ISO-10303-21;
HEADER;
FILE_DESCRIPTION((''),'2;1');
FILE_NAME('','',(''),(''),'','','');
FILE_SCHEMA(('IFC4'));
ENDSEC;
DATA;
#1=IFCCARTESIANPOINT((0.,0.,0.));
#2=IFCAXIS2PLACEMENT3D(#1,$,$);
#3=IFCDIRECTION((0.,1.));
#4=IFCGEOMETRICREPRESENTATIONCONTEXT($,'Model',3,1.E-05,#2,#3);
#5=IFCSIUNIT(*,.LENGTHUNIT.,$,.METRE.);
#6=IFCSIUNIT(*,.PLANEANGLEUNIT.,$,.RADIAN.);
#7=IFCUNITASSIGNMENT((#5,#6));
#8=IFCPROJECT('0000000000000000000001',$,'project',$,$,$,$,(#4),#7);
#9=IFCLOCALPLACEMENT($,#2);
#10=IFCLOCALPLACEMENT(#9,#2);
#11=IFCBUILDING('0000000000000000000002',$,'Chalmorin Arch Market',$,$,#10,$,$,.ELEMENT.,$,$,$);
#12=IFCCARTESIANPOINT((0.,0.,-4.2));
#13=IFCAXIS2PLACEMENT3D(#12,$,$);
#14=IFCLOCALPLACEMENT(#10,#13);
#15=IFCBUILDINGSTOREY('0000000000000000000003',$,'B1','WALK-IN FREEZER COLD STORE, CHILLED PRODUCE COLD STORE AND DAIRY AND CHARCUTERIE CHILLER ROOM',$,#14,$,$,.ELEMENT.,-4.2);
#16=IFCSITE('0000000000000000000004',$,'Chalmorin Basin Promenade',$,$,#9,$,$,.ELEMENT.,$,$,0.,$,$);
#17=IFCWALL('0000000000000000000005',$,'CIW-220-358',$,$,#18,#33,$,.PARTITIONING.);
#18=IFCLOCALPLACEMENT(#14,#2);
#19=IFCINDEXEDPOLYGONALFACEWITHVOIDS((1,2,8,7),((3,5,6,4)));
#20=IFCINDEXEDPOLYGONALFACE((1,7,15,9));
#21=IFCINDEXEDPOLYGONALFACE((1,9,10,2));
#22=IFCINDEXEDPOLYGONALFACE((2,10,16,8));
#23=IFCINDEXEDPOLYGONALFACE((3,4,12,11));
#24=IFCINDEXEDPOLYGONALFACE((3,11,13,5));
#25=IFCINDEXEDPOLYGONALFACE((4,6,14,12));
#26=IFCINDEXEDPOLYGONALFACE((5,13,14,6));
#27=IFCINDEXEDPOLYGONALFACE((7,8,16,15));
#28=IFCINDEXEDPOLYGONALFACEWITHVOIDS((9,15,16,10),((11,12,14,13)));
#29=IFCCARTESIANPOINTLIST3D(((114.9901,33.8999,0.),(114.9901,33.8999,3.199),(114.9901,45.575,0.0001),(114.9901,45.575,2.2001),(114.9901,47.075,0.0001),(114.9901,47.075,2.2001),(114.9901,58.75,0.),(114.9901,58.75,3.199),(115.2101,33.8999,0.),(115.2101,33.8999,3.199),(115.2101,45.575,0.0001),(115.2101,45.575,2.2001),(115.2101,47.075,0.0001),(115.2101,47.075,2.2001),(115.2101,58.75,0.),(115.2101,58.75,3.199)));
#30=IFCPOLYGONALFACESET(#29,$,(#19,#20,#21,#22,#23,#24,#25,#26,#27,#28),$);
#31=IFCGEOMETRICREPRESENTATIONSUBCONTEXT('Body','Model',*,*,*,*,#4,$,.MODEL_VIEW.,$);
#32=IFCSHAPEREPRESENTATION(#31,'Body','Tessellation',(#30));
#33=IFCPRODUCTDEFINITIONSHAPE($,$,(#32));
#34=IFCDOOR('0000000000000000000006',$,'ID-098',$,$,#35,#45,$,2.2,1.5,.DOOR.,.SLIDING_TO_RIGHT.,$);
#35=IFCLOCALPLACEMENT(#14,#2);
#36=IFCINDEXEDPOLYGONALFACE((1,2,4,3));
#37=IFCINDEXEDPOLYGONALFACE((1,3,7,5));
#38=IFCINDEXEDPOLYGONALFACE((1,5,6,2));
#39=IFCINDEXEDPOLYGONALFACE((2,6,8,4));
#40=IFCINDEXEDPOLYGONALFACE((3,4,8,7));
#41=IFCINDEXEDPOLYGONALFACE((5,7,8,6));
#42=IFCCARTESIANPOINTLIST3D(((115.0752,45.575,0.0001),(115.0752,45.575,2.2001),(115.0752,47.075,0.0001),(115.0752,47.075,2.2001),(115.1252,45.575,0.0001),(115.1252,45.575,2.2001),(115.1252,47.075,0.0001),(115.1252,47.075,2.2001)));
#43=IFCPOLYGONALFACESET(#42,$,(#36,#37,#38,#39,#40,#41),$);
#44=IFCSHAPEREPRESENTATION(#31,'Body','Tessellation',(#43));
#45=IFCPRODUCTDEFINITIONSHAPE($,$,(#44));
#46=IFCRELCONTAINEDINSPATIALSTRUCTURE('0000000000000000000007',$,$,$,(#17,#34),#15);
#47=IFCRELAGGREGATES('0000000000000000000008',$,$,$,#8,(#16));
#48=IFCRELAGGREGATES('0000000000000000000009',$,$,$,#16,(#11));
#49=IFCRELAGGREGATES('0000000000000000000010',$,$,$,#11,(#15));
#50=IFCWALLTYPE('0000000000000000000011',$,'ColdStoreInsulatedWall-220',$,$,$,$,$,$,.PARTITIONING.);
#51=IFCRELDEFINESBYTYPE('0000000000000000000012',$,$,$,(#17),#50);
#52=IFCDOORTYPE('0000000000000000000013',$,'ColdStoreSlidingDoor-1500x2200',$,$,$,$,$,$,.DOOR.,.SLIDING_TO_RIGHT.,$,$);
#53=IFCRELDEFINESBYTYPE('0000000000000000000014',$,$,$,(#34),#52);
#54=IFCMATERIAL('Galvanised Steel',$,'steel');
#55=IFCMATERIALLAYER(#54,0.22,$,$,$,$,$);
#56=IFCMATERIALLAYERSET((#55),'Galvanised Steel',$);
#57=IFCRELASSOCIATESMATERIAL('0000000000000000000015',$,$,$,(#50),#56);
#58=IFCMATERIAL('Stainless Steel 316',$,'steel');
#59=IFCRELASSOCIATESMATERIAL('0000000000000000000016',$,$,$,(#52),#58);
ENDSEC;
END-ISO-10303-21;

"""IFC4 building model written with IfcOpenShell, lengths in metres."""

from ifc_helpers import new_model, si_unit, direction, frame, frame_2d, origin, place, context, subcontext, project, spatial, rectangle, extrude, material, layer, layer_set, type_object, element, fill, save


model = new_model("IFC4")

# Units and contexts
model_context = context("Model", 3, precision=1e-05, world=origin(), true_north=direction((0.0, 1.0)))
body_context = subcontext(model_context, "Body", "Model", "MODEL_VIEW")
ifc_project = project(units=[si_unit("LENGTHUNIT", "METRE"), si_unit("PLANEANGLEUNIT", "RADIAN")], contexts=[model_context])

# Site, building, storey
site_placement = place(None, origin())
site = spatial("IfcSite", under=ifc_project, at=site_placement, Name="Chalmorin Basin Promenade", CompositionType="ELEMENT", RefElevation=0.0)
building_placement = place(site_placement, origin())
building = spatial("IfcBuilding", under=site, at=building_placement, Name="Chalmorin Arch Market", CompositionType="ELEMENT")
storey_placement = place(building_placement, frame((0.0, 0.0, -4.2)))
storey = spatial("IfcBuildingStorey", under=building, at=storey_placement, Name="B1", Description="WALK-IN FREEZER COLD STORE, CHILLED PRODUCE COLD STORE AND DAIRY AND CHARCUTERIE CHILLER ROOM", CompositionType="ELEMENT", Elevation=-4.2)

# Wall, opening, door
ifc_material_1 = material(Name="Galvanised Steel", Category="steel")
ifc_layer_1 = layer(ifc_material_1, 0.22)
ifc_layer_set_1 = layer_set([ifc_layer_1], Name="Galvanised Steel")
wall_type_1 = type_object("IfcWallType", Name="ColdStoreInsulatedWall-220", PredefinedType="PARTITIONING", material=ifc_layer_set_1)
wall_1_placement = place(storey_placement, frame((115.1001, 33.8999, 0.0), z_axis=(0.0, 0.0, 1.0), x_axis=(0.0, 1.0, 0.0)))
wall_1 = element("IfcWall", 1, at=wall_1_placement, inside=storey, type_object=wall_type_1, Name="CIW-220-358", PredefinedType="PARTITIONING", context=body_context, shape_type="SweptSolid", body=[
    extrude(rectangle(XDim=24.8501, YDim=0.22, at=frame_2d((12.425, 0.0))), origin(), (0.0, 0.0, 1.0), 3.199),
])
opening_1_placement = place(wall_1_placement, frame((11.675, 0.0, 0.0)))
opening_1 = element("IfcOpeningElement", 2, at=opening_1_placement, cuts=wall_1, PredefinedType="OPENING", context=body_context, shape_type="SweptSolid", body=[
    extrude(rectangle(XDim=1.5, YDim=2.2, at=frame_2d((0.75, 1.1001))), frame((0.0, 0.1199, 0.0), z_axis=(0.0, -1.0, 0.0), x_axis=(1.0, 0.0, 0.0)), (0.0, 0.0, 1.0), 0.24),
])
ifc_material_2 = material(Name="Stainless Steel 316", Category="steel")
door_type_1 = type_object("IfcDoorType", Name="ColdStoreSlidingDoor-1500x2200", OperationType="SLIDING_TO_RIGHT", PredefinedType="DOOR", material=ifc_material_2)
door_1_placement = place(opening_1_placement, origin())
door_1 = element("IfcDoor", 3, at=door_1_placement, inside=storey, type_object=door_type_1, Name="ID-098", OperationType="SLIDING_TO_RIGHT", OverallHeight=2.2, OverallWidth=1.5, PredefinedType="DOOR", context=body_context, shape_type="SweptSolid", body=[
    extrude(rectangle(XDim=1.5, YDim=2.2, at=frame_2d((0.75, 1.1001))), frame((0.0, 0.0249, 0.0), z_axis=(0.0, -1.0, 0.0), x_axis=(1.0, 0.0, 0.0)), (0.0, 0.0, 1.0), 0.05),
])
fill(opening_1, door_1)

save(model, "model.ifc")
